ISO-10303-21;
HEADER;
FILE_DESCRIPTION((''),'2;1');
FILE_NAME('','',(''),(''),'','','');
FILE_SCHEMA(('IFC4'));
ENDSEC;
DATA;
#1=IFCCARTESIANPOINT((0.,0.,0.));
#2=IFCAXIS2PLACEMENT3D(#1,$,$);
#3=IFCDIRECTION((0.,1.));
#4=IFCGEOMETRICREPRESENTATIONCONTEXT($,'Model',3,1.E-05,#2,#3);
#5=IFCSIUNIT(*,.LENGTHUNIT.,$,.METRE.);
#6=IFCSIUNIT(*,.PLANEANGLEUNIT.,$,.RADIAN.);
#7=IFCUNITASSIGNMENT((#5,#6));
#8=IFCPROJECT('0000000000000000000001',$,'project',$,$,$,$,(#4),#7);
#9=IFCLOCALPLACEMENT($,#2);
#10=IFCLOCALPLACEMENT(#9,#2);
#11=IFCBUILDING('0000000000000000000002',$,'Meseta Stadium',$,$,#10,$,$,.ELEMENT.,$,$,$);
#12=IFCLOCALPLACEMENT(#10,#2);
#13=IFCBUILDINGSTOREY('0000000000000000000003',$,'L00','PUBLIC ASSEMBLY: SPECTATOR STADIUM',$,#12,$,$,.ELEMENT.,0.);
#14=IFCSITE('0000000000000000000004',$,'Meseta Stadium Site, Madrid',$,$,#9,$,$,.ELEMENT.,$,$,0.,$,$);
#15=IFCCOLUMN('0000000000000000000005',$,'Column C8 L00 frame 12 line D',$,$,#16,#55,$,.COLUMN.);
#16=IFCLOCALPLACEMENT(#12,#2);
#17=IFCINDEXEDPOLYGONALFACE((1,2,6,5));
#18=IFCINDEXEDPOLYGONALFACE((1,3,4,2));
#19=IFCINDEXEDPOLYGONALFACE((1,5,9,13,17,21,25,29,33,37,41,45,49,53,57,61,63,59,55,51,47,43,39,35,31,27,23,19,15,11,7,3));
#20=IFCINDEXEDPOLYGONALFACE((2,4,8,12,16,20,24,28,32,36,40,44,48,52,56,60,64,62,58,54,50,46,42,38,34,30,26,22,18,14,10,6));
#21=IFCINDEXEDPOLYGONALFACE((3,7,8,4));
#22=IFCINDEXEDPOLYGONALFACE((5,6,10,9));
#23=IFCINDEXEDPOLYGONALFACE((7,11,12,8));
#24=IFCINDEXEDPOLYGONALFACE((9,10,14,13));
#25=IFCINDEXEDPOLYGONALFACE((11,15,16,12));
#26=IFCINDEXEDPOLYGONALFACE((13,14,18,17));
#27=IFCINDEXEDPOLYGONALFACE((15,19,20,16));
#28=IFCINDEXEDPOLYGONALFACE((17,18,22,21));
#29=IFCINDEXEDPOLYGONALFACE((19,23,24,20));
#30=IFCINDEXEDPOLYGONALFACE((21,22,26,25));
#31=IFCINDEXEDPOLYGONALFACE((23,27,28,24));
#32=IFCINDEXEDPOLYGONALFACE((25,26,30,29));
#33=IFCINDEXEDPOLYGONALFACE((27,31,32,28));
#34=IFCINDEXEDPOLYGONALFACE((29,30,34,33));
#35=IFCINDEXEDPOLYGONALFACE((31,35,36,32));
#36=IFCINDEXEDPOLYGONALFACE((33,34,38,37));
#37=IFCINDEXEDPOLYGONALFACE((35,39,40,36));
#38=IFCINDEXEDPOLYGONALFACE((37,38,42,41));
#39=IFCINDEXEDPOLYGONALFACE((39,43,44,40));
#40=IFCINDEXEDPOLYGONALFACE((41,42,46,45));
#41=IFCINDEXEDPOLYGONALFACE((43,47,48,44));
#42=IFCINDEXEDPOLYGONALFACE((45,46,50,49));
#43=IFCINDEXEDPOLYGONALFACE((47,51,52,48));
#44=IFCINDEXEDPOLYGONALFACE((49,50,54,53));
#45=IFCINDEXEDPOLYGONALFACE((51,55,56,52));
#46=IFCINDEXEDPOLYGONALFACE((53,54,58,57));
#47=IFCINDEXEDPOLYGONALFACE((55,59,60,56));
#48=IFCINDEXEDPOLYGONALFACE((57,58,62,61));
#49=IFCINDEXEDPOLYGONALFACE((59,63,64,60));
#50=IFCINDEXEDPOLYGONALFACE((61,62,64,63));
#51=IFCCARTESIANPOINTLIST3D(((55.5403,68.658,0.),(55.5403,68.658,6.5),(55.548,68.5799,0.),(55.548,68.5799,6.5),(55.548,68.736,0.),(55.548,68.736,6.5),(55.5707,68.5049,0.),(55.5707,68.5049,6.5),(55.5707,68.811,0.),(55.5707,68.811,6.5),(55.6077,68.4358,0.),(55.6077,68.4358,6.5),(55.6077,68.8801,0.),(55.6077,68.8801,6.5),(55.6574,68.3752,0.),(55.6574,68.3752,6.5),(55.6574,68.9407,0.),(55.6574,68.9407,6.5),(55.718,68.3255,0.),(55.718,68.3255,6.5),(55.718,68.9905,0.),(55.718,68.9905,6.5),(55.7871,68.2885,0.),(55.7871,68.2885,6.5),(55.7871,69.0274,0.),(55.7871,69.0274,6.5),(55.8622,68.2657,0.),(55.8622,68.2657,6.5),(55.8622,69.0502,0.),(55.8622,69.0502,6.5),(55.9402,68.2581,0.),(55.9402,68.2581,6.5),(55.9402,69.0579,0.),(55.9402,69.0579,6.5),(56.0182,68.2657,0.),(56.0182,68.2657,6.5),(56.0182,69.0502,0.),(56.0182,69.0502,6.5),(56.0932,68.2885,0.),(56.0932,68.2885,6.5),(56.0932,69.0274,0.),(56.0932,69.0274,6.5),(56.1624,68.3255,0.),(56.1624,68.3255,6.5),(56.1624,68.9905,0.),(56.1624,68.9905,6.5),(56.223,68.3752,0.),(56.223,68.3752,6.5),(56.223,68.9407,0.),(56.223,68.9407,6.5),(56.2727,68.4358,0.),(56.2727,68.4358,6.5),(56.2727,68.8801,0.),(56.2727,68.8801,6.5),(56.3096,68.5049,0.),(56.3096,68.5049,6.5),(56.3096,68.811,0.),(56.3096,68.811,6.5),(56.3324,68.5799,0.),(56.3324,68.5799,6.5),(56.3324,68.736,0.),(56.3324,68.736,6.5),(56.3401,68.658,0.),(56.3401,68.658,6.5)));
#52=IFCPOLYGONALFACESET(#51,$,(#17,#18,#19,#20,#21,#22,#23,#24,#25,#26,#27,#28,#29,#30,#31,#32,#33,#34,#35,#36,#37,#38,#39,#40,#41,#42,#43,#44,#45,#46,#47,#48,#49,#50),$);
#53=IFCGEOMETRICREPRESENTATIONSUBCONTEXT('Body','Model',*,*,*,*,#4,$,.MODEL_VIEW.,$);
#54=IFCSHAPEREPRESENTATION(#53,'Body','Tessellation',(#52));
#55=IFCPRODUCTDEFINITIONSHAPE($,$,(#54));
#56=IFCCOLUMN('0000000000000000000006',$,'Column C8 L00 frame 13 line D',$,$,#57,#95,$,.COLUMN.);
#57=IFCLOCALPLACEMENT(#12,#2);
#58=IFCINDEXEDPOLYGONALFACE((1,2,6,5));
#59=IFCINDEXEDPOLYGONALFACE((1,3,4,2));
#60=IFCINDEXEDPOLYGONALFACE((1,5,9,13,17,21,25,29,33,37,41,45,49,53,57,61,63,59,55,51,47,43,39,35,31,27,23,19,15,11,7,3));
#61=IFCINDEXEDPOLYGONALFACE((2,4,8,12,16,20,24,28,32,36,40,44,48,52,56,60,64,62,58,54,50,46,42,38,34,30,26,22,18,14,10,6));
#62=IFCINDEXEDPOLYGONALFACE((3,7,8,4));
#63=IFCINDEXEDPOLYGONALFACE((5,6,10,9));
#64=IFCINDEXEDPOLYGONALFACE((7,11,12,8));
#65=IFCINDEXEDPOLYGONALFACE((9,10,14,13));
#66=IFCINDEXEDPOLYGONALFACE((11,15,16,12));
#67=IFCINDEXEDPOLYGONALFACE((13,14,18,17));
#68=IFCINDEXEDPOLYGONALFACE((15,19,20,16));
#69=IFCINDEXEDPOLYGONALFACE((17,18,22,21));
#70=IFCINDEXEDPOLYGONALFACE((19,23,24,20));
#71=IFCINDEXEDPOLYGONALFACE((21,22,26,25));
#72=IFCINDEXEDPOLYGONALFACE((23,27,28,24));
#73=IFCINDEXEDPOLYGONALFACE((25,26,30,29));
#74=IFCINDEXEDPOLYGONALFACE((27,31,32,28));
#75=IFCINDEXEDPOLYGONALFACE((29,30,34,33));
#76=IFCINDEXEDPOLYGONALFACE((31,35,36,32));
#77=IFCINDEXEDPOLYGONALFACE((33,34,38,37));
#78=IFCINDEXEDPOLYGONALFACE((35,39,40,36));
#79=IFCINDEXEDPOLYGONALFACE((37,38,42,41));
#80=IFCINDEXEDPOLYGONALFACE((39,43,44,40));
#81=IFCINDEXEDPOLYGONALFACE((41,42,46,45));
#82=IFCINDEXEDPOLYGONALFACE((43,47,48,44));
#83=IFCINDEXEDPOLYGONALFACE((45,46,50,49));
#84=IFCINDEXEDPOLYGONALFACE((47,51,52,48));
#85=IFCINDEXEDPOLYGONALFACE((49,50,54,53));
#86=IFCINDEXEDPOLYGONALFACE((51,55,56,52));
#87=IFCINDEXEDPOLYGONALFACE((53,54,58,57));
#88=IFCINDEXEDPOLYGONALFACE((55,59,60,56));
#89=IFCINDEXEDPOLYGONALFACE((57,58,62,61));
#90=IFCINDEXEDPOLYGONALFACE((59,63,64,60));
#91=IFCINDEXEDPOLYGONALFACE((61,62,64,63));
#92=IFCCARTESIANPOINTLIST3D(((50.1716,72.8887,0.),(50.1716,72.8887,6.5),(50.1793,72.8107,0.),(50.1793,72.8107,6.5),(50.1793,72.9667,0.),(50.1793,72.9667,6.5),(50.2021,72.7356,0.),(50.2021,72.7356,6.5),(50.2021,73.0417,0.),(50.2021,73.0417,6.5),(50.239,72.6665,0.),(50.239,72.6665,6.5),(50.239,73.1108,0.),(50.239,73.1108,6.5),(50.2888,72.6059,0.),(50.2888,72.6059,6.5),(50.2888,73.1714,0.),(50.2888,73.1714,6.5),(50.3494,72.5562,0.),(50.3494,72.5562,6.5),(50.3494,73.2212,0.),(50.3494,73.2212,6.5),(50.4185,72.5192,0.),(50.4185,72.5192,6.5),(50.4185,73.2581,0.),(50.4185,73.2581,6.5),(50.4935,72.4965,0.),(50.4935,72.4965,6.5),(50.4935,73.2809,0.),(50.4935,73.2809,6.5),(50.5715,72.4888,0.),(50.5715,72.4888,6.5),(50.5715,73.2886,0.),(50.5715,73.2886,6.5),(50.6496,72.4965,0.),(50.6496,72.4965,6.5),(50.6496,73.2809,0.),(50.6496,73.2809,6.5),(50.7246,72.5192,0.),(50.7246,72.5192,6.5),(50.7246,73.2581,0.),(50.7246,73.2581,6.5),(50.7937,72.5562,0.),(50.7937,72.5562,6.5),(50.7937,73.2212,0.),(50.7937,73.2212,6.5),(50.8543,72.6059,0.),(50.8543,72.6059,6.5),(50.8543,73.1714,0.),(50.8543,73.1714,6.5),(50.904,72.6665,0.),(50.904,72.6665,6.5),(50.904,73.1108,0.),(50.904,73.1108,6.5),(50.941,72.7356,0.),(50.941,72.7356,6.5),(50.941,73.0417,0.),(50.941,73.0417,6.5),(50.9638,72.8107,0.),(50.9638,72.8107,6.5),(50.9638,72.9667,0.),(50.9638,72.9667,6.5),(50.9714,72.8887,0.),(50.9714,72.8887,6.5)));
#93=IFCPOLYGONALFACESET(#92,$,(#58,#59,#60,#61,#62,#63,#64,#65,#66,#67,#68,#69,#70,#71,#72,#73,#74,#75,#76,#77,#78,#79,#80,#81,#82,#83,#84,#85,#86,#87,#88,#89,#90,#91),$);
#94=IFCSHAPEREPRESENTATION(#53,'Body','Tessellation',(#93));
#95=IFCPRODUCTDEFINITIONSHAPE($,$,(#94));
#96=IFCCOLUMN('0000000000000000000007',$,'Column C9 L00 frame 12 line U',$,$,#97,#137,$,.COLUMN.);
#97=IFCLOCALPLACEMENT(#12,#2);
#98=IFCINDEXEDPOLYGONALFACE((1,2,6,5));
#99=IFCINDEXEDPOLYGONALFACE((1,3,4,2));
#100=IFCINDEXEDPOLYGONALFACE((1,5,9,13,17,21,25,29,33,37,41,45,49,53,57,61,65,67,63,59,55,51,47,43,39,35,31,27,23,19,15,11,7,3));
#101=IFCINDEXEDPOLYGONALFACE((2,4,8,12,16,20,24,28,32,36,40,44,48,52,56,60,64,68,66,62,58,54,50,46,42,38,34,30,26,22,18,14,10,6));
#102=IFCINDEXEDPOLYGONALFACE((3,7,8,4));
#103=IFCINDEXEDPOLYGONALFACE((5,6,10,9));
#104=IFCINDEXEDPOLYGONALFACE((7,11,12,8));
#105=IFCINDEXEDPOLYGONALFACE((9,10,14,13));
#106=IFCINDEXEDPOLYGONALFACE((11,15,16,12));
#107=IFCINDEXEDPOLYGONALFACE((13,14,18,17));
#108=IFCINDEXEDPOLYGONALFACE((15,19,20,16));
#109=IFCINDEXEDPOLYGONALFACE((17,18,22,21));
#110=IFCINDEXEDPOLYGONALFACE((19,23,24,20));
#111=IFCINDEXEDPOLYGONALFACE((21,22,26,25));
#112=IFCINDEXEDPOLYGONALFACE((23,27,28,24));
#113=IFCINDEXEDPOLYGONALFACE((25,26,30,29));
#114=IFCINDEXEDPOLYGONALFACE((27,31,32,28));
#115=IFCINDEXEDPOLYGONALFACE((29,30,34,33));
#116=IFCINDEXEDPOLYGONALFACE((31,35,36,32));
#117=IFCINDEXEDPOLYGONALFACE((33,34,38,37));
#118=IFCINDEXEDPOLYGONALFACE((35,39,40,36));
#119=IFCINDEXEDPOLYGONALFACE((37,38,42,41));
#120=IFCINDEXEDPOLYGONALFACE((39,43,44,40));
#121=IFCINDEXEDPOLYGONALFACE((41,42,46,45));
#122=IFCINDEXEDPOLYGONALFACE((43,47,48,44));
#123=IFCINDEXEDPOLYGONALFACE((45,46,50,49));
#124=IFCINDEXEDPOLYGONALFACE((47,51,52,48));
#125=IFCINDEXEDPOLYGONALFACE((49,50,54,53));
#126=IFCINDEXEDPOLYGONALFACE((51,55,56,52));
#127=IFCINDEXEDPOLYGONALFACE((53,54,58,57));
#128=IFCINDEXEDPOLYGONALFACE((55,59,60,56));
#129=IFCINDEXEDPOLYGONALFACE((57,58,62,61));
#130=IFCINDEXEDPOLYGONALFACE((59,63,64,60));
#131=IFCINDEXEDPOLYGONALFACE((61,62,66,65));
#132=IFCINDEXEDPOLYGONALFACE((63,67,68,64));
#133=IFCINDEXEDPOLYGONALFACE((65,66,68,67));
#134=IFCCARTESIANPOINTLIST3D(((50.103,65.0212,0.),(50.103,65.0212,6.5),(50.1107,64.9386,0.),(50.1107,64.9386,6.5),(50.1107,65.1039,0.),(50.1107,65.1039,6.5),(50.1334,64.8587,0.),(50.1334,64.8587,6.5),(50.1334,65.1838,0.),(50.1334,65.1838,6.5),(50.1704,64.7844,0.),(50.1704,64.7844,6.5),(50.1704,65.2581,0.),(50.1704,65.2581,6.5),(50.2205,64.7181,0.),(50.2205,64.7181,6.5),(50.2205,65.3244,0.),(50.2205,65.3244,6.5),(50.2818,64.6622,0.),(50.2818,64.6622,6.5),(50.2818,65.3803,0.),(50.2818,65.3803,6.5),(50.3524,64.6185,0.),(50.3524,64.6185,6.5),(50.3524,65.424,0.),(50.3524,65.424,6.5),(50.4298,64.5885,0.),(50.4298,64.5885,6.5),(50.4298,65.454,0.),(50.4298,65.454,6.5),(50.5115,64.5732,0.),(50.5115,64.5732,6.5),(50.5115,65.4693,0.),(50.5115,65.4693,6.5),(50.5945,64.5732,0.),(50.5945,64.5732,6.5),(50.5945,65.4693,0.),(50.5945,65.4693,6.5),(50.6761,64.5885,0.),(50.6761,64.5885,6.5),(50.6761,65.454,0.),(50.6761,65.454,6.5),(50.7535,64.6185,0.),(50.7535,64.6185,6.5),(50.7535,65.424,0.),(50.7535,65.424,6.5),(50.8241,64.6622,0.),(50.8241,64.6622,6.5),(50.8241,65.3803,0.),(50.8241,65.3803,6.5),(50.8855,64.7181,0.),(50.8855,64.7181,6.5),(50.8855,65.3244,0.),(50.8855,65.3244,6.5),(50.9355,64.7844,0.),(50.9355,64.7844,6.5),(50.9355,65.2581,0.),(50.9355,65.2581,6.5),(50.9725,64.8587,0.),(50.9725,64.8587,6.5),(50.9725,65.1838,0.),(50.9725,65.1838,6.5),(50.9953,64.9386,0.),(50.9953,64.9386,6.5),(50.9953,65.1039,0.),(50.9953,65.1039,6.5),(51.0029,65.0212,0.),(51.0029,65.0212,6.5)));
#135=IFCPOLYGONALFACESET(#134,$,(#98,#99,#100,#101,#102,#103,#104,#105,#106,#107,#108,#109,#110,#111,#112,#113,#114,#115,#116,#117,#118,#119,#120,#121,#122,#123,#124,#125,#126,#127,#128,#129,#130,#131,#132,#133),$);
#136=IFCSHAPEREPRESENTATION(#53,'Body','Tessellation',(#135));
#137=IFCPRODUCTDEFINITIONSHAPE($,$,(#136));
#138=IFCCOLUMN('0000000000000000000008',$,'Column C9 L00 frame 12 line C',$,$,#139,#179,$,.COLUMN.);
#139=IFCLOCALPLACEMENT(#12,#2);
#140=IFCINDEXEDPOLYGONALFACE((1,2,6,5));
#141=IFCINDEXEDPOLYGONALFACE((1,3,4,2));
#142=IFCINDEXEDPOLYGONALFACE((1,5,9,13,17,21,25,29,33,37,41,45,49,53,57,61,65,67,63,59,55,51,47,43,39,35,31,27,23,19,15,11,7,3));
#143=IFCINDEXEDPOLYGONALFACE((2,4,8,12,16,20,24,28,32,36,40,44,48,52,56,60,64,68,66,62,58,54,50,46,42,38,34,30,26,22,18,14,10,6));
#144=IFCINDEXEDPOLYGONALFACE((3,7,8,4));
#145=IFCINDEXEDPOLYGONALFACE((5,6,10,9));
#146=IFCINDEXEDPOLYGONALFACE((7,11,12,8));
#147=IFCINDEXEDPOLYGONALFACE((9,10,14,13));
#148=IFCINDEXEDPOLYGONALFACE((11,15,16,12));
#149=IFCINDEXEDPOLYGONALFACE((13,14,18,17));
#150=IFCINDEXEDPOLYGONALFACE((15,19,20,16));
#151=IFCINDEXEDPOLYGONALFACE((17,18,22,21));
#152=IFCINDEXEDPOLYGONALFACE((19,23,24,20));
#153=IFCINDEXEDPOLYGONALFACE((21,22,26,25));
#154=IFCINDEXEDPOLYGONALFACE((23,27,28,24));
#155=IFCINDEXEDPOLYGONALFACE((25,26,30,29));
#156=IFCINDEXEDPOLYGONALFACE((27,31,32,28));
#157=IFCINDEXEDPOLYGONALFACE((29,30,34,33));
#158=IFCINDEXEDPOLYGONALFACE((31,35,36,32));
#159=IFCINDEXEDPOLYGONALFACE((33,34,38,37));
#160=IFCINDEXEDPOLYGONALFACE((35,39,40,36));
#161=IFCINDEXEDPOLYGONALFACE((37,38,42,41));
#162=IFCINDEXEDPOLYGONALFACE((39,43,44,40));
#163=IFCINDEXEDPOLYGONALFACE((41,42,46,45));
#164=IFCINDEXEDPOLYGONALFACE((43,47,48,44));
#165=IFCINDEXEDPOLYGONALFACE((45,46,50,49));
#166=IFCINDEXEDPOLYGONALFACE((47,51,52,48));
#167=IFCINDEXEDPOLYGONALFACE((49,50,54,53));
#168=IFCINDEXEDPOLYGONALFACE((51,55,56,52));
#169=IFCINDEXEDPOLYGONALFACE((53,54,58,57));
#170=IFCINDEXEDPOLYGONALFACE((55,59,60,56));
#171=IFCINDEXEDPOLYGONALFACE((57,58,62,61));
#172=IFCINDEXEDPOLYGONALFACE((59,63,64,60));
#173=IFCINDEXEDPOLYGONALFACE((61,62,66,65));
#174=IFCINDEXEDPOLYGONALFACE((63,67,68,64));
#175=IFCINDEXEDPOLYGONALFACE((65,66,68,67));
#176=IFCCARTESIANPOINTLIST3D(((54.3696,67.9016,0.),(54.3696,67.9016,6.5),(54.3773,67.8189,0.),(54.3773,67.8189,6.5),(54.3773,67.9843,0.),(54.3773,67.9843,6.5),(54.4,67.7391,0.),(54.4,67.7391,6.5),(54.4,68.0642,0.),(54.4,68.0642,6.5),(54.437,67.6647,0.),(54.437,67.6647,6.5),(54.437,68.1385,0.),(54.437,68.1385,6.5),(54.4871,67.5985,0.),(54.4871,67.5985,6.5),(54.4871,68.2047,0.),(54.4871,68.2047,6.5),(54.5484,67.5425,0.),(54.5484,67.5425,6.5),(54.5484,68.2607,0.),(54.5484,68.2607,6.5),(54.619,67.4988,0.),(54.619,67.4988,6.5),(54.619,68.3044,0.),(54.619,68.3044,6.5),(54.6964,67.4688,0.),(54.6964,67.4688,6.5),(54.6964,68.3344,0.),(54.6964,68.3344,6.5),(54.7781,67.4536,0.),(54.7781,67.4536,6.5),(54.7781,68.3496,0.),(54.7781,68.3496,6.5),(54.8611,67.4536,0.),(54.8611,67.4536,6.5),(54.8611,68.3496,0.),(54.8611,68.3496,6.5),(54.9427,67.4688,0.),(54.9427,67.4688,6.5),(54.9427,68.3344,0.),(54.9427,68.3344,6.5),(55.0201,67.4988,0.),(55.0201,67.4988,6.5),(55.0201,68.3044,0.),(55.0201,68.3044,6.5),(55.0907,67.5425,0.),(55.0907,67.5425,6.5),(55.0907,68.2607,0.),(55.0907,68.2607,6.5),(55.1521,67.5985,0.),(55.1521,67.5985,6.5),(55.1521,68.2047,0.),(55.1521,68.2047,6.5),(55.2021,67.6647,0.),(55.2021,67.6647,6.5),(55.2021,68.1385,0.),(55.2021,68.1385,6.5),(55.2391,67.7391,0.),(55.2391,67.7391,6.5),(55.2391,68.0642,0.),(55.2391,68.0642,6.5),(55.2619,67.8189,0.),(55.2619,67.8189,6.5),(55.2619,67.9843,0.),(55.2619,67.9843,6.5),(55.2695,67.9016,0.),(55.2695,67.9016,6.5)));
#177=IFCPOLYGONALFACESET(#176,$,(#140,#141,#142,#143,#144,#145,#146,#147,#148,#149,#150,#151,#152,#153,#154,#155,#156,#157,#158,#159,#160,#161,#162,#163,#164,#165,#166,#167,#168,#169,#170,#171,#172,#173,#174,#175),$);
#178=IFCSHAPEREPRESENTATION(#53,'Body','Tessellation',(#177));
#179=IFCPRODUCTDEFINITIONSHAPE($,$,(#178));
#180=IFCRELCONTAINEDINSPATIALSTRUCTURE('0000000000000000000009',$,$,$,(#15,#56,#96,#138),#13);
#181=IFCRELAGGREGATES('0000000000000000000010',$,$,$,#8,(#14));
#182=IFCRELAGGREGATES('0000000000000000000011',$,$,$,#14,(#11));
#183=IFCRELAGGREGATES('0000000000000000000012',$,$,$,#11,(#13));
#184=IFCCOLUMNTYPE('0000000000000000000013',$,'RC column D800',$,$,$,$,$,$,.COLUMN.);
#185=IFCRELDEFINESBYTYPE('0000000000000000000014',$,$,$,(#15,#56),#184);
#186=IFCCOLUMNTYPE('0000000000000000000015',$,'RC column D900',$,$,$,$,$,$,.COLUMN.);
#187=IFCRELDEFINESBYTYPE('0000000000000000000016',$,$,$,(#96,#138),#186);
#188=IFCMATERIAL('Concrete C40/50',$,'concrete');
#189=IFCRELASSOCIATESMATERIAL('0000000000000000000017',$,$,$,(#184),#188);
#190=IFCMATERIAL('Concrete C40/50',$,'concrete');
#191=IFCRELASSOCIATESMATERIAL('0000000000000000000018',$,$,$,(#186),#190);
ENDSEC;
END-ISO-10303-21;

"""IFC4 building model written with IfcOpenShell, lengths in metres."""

from ifc_helpers import new_model, si_unit, direction, frame, origin, origin_2d, place, context, subcontext, project, spatial, circle, extrude, material, material_profile, profile_set, type_object, element, save


model = new_model("IFC4")

# Units and contexts
model_context = context("Model", 3, precision=1e-05, world=origin(), true_north=direction((0.0, 1.0)))
body_context = subcontext(model_context, "Body", "Model", "MODEL_VIEW")
ifc_project = project(units=[si_unit("LENGTHUNIT", "METRE"), si_unit("PLANEANGLEUNIT", "RADIAN")], contexts=[model_context])

# Site, building, storey
site_placement = place(None, origin())
site = spatial("IfcSite", under=ifc_project, at=site_placement, Name="Meseta Stadium Site, Madrid", CompositionType="ELEMENT", RefElevation=0.0)
building_placement = place(site_placement, origin())
building = spatial("IfcBuilding", under=site, at=building_placement, Name="Meseta Stadium", CompositionType="ELEMENT")
storey_placement = place(building_placement, origin())
storey = spatial("IfcBuildingStorey", under=building, at=storey_placement, Name="L00", Description="PUBLIC ASSEMBLY: SPECTATOR STADIUM", CompositionType="ELEMENT", Elevation=0.0)

# Columns
ifc_material_1 = material(Name="Concrete C40/50", Category="concrete")
ifc_material_profile_1 = material_profile(ifc_material_1, circle(Radius=0.3999, at=origin_2d()), Name="RC D800")
ifc_profile_set_1 = profile_set([ifc_material_profile_1], Name="Concrete C40/50")
column_type_1 = type_object("IfcColumnType", Name="RC column D800", PredefinedType="COLUMN", material=ifc_profile_set_1)
for number, where, z_axis, x_axis, name in (
    (1, (55.9402, 68.658, 0.0), (0.0, 0.0, 1.0), (1.0, 0.0, 0.0), "Column C8 L00 frame 12 line D"),
    (2, (50.5715, 72.8887, 0.0), (0.0, 0.0, 1.0), (1.0, 0.0, 0.0), "Column C8 L00 frame 13 line D"),
):
    element("IfcColumn", number, at=place(storey_placement, frame(where, z_axis=z_axis, x_axis=x_axis)), inside=storey, type_object=column_type_1, Name=name, PredefinedType="COLUMN", context=body_context, shape_type="SweptSolid", body=[
        extrude(circle(Radius=0.3999, at=origin_2d()), origin(), (0.0, 0.0, 1.0), 6.5),
    ])
ifc_material_2 = material(Name="Concrete C40/50", Category="concrete")
ifc_material_profile_2 = material_profile(ifc_material_2, circle(Radius=0.45, at=origin_2d()), Name="RC D900")
ifc_profile_set_2 = profile_set([ifc_material_profile_2], Name="Concrete C40/50")
column_type_2 = type_object("IfcColumnType", Name="RC column D900", PredefinedType="COLUMN", material=ifc_profile_set_2)
for number, where, z_axis, x_axis, name in (
    (3, (50.553, 65.0212, 0.0), (0.0, 0.0, 1.0), (1.0, 0.0, 0.0), "Column C9 L00 frame 12 line U"),
    (4, (54.8196, 67.9016, 0.0), (0.0, 0.0, 1.0), (1.0, 0.0, 0.0), "Column C9 L00 frame 12 line C"),
):
    element("IfcColumn", number, at=place(storey_placement, frame(where, z_axis=z_axis, x_axis=x_axis)), inside=storey, type_object=column_type_2, Name=name, PredefinedType="COLUMN", context=body_context, shape_type="SweptSolid", body=[
        extrude(circle(Radius=0.45, at=origin_2d()), origin(), (0.0, 0.0, 1.0), 6.5),
    ])

save(model, "model.ifc")
